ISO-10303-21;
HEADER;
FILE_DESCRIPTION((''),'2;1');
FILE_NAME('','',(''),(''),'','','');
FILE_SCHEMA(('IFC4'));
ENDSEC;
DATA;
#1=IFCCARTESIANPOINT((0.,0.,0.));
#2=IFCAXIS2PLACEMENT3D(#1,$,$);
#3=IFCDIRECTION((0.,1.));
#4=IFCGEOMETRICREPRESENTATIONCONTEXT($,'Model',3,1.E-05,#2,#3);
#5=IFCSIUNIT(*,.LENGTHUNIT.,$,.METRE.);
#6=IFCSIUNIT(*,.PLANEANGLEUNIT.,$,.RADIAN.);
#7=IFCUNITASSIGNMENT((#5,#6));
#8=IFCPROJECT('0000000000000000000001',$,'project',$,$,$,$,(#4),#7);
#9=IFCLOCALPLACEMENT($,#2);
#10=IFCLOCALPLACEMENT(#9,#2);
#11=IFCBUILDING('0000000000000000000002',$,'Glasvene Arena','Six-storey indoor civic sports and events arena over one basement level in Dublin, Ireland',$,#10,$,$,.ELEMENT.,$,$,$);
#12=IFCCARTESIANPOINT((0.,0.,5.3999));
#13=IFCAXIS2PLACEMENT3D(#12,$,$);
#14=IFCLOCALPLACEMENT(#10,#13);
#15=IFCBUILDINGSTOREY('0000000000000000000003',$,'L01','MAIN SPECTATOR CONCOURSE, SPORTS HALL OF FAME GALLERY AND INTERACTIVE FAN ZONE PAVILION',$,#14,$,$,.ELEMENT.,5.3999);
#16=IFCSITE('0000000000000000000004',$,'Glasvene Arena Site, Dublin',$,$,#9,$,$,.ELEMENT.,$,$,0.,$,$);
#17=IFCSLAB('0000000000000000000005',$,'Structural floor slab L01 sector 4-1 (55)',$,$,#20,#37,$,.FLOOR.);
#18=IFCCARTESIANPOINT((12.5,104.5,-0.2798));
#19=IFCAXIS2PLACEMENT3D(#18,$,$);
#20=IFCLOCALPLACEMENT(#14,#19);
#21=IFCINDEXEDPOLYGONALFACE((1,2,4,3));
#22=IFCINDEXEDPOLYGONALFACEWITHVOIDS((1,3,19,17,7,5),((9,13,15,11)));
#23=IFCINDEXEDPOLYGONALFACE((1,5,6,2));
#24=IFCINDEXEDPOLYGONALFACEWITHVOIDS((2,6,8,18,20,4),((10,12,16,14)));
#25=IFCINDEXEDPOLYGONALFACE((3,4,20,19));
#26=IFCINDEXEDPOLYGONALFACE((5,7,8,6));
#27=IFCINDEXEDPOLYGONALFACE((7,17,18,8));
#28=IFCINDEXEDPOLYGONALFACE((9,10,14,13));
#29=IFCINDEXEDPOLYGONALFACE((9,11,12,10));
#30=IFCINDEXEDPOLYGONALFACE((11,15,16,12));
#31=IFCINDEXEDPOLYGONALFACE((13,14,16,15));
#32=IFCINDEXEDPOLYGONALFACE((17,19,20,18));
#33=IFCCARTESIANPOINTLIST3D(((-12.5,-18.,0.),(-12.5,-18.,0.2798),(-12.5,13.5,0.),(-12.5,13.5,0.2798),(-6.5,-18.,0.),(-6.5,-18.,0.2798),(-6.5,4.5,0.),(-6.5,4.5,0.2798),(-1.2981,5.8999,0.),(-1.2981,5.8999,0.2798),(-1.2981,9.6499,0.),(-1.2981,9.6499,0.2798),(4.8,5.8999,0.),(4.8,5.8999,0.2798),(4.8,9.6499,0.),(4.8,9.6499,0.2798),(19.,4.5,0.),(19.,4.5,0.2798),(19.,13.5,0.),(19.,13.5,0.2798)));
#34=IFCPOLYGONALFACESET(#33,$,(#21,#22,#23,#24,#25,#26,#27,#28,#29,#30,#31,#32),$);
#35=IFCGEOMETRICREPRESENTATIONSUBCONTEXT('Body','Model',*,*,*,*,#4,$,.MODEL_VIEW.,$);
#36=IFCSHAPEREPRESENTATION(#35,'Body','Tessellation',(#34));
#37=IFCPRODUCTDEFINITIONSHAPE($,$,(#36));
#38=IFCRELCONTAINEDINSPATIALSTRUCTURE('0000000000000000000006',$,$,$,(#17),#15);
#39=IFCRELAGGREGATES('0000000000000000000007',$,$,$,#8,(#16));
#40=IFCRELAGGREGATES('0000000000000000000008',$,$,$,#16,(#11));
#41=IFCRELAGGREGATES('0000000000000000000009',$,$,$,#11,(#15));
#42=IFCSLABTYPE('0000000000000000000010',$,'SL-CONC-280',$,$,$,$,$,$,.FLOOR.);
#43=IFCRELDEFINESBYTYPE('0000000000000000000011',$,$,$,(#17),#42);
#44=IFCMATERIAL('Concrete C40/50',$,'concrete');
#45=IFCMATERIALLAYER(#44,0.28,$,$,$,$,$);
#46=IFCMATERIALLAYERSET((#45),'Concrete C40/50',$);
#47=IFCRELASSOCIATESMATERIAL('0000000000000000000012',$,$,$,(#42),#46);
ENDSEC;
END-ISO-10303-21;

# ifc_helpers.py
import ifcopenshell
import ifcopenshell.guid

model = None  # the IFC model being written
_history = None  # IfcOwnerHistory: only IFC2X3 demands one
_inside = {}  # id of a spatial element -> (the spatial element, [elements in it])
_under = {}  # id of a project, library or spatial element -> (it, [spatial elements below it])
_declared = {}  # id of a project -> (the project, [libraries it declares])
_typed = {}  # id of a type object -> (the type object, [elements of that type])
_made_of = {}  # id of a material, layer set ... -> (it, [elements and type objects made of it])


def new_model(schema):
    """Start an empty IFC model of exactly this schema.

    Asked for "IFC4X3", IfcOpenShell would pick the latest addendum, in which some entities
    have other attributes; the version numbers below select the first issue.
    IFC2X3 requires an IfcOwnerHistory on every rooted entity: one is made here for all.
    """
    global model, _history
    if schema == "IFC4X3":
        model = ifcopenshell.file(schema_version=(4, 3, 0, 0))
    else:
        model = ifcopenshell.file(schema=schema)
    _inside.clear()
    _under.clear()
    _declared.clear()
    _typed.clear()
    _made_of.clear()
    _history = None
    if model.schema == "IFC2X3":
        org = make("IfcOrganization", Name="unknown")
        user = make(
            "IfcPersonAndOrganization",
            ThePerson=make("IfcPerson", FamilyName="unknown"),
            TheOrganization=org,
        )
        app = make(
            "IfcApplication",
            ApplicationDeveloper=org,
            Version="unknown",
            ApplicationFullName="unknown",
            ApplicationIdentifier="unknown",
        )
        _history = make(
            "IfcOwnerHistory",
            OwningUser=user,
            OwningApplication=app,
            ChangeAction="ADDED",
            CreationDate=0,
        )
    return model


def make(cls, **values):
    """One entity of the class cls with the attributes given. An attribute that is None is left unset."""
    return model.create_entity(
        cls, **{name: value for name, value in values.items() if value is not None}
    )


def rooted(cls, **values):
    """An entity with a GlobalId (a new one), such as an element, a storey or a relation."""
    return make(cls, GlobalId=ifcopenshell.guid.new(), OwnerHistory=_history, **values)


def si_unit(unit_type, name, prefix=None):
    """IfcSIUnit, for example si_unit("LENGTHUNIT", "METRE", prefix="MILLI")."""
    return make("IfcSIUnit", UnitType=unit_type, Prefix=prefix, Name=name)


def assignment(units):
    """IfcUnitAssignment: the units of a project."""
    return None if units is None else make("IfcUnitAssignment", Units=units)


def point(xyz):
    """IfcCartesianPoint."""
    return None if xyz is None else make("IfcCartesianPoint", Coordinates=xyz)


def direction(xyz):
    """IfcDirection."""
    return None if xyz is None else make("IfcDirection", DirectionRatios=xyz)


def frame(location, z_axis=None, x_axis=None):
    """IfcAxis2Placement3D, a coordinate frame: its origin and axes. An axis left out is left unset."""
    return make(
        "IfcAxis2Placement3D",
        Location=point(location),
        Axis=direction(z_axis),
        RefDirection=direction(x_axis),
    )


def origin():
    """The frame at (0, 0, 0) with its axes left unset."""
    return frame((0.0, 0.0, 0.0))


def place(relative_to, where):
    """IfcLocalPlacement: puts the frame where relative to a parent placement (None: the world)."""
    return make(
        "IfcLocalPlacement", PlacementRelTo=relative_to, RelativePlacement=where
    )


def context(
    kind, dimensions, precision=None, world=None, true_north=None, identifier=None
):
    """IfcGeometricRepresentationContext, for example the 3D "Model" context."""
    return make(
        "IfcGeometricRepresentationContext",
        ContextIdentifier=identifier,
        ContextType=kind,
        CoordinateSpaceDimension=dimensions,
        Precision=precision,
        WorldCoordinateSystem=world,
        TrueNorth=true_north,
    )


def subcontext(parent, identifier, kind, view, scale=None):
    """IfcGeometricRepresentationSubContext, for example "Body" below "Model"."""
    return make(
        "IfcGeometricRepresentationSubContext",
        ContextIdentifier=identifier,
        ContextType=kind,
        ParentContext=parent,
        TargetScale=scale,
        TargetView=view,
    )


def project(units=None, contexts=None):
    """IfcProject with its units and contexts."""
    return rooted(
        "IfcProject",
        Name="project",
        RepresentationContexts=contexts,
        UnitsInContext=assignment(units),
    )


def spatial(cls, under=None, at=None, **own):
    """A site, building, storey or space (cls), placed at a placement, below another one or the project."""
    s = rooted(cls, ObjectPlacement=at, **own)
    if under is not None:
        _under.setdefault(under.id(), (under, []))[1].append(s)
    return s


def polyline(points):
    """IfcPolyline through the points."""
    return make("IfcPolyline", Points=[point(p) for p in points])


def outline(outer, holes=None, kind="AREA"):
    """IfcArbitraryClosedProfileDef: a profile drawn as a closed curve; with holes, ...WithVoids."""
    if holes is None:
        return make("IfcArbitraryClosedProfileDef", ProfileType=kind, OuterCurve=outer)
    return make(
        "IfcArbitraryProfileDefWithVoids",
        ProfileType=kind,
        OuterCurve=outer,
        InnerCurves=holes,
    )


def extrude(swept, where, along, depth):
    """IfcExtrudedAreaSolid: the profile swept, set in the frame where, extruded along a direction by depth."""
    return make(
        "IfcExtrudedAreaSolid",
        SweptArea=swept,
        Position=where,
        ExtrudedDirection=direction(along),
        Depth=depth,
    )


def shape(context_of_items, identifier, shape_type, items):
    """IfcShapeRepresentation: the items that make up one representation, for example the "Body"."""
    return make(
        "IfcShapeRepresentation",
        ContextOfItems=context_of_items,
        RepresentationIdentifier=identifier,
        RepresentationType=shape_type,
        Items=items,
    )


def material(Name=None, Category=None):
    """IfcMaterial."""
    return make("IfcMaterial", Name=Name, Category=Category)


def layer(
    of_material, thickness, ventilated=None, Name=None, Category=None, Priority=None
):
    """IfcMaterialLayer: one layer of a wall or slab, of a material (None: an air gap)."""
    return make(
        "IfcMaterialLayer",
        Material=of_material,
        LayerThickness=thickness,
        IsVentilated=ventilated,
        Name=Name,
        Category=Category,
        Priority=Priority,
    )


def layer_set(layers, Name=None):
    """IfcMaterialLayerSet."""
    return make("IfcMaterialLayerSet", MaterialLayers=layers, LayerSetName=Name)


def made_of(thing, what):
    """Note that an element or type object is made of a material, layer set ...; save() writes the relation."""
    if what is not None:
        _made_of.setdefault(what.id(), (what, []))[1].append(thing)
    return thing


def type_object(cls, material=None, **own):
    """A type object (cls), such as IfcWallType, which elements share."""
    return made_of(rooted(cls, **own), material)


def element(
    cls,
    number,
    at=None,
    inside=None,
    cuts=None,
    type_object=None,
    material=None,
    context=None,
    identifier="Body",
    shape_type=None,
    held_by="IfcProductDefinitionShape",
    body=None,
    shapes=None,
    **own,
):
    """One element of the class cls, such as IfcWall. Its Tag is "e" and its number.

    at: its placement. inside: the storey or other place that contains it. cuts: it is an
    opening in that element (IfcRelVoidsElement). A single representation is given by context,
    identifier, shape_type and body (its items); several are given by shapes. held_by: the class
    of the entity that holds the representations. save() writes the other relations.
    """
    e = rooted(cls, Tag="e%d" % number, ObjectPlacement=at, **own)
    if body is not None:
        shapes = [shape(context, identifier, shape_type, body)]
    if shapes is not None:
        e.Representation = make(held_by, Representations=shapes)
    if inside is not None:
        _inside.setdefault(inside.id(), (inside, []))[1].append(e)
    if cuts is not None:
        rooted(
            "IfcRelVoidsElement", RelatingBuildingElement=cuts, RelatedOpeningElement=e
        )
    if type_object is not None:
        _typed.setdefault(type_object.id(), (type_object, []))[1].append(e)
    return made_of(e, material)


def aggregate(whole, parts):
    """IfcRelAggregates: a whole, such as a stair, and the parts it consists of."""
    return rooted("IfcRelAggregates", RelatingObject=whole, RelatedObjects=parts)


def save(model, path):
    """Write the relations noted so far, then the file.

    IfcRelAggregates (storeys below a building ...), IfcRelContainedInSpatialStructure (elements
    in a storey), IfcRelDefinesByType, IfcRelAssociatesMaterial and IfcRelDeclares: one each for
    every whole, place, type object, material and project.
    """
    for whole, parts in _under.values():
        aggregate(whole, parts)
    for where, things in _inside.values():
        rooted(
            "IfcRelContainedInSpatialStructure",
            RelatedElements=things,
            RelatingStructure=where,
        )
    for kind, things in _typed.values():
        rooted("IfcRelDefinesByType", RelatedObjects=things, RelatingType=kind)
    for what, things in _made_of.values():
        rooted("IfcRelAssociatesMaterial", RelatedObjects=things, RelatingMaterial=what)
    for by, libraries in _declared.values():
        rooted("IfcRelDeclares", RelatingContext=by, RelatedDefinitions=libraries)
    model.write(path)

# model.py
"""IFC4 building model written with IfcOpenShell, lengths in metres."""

from ifc_helpers import new_model, si_unit, direction, frame, origin, place, context, subcontext, project, spatial, polyline, outline, extrude, material, layer, layer_set, type_object, element, save


model = new_model("IFC4")

# Units and contexts
model_context = context("Model", 3, precision=1e-05, world=origin(), true_north=direction((0.0, 1.0)))
body_context = subcontext(model_context, "Body", "Model", "MODEL_VIEW")
ifc_project = project(units=[si_unit("LENGTHUNIT", "METRE"), si_unit("PLANEANGLEUNIT", "RADIAN")], contexts=[model_context])

# Site, building, storey
site_placement = place(None, origin())
site = spatial("IfcSite", under=ifc_project, at=site_placement, Name="Glasvene Arena Site, Dublin", CompositionType="ELEMENT", RefElevation=0.0)
building_placement = place(site_placement, origin())
building = spatial("IfcBuilding", under=site, at=building_placement, Name="Glasvene Arena", Description="Six-storey indoor civic sports and events arena over one basement level in Dublin, Ireland", CompositionType="ELEMENT")
storey_placement = place(building_placement, frame((0.0, 0.0, 5.3999)))
storey = spatial("IfcBuildingStorey", under=building, at=storey_placement, Name="L01", Description="MAIN SPECTATOR CONCOURSE, SPORTS HALL OF FAME GALLERY AND INTERACTIVE FAN ZONE PAVILION", CompositionType="ELEMENT", Elevation=5.3999)

# Slab
ifc_material_1 = material(Name="Concrete C40/50", Category="concrete")
ifc_layer_1 = layer(ifc_material_1, 0.28)
ifc_layer_set_1 = layer_set([ifc_layer_1], Name="Concrete C40/50")
slab_type = type_object("IfcSlabType", Name="SL-CONC-280", PredefinedType="FLOOR", material=ifc_layer_set_1)
slab_placement = place(storey_placement, frame((12.5, 104.5, -0.2798)))
element("IfcSlab", 1, at=slab_placement, inside=storey, type_object=slab_type, Name="Structural floor slab L01 sector 4-1 (55)", PredefinedType="FLOOR", context=body_context, shape_type="SweptSolid", body=[
    extrude(outline(polyline([(19.0, 4.5), (-6.5, 4.5), (-6.5, -18.0), (-12.5, -18.0), (-12.5, 13.5), (19.0, 13.5), (19.0, 4.5)]), holes=[polyline([(4.8, 5.8999), (4.8, 9.6499), (-1.2981, 9.6499), (-1.2981, 5.8999), (4.8, 5.8999)])]), origin(), (0.0, 0.0, 1.0), 0.2798),
])

save(model, "model.ifc")
